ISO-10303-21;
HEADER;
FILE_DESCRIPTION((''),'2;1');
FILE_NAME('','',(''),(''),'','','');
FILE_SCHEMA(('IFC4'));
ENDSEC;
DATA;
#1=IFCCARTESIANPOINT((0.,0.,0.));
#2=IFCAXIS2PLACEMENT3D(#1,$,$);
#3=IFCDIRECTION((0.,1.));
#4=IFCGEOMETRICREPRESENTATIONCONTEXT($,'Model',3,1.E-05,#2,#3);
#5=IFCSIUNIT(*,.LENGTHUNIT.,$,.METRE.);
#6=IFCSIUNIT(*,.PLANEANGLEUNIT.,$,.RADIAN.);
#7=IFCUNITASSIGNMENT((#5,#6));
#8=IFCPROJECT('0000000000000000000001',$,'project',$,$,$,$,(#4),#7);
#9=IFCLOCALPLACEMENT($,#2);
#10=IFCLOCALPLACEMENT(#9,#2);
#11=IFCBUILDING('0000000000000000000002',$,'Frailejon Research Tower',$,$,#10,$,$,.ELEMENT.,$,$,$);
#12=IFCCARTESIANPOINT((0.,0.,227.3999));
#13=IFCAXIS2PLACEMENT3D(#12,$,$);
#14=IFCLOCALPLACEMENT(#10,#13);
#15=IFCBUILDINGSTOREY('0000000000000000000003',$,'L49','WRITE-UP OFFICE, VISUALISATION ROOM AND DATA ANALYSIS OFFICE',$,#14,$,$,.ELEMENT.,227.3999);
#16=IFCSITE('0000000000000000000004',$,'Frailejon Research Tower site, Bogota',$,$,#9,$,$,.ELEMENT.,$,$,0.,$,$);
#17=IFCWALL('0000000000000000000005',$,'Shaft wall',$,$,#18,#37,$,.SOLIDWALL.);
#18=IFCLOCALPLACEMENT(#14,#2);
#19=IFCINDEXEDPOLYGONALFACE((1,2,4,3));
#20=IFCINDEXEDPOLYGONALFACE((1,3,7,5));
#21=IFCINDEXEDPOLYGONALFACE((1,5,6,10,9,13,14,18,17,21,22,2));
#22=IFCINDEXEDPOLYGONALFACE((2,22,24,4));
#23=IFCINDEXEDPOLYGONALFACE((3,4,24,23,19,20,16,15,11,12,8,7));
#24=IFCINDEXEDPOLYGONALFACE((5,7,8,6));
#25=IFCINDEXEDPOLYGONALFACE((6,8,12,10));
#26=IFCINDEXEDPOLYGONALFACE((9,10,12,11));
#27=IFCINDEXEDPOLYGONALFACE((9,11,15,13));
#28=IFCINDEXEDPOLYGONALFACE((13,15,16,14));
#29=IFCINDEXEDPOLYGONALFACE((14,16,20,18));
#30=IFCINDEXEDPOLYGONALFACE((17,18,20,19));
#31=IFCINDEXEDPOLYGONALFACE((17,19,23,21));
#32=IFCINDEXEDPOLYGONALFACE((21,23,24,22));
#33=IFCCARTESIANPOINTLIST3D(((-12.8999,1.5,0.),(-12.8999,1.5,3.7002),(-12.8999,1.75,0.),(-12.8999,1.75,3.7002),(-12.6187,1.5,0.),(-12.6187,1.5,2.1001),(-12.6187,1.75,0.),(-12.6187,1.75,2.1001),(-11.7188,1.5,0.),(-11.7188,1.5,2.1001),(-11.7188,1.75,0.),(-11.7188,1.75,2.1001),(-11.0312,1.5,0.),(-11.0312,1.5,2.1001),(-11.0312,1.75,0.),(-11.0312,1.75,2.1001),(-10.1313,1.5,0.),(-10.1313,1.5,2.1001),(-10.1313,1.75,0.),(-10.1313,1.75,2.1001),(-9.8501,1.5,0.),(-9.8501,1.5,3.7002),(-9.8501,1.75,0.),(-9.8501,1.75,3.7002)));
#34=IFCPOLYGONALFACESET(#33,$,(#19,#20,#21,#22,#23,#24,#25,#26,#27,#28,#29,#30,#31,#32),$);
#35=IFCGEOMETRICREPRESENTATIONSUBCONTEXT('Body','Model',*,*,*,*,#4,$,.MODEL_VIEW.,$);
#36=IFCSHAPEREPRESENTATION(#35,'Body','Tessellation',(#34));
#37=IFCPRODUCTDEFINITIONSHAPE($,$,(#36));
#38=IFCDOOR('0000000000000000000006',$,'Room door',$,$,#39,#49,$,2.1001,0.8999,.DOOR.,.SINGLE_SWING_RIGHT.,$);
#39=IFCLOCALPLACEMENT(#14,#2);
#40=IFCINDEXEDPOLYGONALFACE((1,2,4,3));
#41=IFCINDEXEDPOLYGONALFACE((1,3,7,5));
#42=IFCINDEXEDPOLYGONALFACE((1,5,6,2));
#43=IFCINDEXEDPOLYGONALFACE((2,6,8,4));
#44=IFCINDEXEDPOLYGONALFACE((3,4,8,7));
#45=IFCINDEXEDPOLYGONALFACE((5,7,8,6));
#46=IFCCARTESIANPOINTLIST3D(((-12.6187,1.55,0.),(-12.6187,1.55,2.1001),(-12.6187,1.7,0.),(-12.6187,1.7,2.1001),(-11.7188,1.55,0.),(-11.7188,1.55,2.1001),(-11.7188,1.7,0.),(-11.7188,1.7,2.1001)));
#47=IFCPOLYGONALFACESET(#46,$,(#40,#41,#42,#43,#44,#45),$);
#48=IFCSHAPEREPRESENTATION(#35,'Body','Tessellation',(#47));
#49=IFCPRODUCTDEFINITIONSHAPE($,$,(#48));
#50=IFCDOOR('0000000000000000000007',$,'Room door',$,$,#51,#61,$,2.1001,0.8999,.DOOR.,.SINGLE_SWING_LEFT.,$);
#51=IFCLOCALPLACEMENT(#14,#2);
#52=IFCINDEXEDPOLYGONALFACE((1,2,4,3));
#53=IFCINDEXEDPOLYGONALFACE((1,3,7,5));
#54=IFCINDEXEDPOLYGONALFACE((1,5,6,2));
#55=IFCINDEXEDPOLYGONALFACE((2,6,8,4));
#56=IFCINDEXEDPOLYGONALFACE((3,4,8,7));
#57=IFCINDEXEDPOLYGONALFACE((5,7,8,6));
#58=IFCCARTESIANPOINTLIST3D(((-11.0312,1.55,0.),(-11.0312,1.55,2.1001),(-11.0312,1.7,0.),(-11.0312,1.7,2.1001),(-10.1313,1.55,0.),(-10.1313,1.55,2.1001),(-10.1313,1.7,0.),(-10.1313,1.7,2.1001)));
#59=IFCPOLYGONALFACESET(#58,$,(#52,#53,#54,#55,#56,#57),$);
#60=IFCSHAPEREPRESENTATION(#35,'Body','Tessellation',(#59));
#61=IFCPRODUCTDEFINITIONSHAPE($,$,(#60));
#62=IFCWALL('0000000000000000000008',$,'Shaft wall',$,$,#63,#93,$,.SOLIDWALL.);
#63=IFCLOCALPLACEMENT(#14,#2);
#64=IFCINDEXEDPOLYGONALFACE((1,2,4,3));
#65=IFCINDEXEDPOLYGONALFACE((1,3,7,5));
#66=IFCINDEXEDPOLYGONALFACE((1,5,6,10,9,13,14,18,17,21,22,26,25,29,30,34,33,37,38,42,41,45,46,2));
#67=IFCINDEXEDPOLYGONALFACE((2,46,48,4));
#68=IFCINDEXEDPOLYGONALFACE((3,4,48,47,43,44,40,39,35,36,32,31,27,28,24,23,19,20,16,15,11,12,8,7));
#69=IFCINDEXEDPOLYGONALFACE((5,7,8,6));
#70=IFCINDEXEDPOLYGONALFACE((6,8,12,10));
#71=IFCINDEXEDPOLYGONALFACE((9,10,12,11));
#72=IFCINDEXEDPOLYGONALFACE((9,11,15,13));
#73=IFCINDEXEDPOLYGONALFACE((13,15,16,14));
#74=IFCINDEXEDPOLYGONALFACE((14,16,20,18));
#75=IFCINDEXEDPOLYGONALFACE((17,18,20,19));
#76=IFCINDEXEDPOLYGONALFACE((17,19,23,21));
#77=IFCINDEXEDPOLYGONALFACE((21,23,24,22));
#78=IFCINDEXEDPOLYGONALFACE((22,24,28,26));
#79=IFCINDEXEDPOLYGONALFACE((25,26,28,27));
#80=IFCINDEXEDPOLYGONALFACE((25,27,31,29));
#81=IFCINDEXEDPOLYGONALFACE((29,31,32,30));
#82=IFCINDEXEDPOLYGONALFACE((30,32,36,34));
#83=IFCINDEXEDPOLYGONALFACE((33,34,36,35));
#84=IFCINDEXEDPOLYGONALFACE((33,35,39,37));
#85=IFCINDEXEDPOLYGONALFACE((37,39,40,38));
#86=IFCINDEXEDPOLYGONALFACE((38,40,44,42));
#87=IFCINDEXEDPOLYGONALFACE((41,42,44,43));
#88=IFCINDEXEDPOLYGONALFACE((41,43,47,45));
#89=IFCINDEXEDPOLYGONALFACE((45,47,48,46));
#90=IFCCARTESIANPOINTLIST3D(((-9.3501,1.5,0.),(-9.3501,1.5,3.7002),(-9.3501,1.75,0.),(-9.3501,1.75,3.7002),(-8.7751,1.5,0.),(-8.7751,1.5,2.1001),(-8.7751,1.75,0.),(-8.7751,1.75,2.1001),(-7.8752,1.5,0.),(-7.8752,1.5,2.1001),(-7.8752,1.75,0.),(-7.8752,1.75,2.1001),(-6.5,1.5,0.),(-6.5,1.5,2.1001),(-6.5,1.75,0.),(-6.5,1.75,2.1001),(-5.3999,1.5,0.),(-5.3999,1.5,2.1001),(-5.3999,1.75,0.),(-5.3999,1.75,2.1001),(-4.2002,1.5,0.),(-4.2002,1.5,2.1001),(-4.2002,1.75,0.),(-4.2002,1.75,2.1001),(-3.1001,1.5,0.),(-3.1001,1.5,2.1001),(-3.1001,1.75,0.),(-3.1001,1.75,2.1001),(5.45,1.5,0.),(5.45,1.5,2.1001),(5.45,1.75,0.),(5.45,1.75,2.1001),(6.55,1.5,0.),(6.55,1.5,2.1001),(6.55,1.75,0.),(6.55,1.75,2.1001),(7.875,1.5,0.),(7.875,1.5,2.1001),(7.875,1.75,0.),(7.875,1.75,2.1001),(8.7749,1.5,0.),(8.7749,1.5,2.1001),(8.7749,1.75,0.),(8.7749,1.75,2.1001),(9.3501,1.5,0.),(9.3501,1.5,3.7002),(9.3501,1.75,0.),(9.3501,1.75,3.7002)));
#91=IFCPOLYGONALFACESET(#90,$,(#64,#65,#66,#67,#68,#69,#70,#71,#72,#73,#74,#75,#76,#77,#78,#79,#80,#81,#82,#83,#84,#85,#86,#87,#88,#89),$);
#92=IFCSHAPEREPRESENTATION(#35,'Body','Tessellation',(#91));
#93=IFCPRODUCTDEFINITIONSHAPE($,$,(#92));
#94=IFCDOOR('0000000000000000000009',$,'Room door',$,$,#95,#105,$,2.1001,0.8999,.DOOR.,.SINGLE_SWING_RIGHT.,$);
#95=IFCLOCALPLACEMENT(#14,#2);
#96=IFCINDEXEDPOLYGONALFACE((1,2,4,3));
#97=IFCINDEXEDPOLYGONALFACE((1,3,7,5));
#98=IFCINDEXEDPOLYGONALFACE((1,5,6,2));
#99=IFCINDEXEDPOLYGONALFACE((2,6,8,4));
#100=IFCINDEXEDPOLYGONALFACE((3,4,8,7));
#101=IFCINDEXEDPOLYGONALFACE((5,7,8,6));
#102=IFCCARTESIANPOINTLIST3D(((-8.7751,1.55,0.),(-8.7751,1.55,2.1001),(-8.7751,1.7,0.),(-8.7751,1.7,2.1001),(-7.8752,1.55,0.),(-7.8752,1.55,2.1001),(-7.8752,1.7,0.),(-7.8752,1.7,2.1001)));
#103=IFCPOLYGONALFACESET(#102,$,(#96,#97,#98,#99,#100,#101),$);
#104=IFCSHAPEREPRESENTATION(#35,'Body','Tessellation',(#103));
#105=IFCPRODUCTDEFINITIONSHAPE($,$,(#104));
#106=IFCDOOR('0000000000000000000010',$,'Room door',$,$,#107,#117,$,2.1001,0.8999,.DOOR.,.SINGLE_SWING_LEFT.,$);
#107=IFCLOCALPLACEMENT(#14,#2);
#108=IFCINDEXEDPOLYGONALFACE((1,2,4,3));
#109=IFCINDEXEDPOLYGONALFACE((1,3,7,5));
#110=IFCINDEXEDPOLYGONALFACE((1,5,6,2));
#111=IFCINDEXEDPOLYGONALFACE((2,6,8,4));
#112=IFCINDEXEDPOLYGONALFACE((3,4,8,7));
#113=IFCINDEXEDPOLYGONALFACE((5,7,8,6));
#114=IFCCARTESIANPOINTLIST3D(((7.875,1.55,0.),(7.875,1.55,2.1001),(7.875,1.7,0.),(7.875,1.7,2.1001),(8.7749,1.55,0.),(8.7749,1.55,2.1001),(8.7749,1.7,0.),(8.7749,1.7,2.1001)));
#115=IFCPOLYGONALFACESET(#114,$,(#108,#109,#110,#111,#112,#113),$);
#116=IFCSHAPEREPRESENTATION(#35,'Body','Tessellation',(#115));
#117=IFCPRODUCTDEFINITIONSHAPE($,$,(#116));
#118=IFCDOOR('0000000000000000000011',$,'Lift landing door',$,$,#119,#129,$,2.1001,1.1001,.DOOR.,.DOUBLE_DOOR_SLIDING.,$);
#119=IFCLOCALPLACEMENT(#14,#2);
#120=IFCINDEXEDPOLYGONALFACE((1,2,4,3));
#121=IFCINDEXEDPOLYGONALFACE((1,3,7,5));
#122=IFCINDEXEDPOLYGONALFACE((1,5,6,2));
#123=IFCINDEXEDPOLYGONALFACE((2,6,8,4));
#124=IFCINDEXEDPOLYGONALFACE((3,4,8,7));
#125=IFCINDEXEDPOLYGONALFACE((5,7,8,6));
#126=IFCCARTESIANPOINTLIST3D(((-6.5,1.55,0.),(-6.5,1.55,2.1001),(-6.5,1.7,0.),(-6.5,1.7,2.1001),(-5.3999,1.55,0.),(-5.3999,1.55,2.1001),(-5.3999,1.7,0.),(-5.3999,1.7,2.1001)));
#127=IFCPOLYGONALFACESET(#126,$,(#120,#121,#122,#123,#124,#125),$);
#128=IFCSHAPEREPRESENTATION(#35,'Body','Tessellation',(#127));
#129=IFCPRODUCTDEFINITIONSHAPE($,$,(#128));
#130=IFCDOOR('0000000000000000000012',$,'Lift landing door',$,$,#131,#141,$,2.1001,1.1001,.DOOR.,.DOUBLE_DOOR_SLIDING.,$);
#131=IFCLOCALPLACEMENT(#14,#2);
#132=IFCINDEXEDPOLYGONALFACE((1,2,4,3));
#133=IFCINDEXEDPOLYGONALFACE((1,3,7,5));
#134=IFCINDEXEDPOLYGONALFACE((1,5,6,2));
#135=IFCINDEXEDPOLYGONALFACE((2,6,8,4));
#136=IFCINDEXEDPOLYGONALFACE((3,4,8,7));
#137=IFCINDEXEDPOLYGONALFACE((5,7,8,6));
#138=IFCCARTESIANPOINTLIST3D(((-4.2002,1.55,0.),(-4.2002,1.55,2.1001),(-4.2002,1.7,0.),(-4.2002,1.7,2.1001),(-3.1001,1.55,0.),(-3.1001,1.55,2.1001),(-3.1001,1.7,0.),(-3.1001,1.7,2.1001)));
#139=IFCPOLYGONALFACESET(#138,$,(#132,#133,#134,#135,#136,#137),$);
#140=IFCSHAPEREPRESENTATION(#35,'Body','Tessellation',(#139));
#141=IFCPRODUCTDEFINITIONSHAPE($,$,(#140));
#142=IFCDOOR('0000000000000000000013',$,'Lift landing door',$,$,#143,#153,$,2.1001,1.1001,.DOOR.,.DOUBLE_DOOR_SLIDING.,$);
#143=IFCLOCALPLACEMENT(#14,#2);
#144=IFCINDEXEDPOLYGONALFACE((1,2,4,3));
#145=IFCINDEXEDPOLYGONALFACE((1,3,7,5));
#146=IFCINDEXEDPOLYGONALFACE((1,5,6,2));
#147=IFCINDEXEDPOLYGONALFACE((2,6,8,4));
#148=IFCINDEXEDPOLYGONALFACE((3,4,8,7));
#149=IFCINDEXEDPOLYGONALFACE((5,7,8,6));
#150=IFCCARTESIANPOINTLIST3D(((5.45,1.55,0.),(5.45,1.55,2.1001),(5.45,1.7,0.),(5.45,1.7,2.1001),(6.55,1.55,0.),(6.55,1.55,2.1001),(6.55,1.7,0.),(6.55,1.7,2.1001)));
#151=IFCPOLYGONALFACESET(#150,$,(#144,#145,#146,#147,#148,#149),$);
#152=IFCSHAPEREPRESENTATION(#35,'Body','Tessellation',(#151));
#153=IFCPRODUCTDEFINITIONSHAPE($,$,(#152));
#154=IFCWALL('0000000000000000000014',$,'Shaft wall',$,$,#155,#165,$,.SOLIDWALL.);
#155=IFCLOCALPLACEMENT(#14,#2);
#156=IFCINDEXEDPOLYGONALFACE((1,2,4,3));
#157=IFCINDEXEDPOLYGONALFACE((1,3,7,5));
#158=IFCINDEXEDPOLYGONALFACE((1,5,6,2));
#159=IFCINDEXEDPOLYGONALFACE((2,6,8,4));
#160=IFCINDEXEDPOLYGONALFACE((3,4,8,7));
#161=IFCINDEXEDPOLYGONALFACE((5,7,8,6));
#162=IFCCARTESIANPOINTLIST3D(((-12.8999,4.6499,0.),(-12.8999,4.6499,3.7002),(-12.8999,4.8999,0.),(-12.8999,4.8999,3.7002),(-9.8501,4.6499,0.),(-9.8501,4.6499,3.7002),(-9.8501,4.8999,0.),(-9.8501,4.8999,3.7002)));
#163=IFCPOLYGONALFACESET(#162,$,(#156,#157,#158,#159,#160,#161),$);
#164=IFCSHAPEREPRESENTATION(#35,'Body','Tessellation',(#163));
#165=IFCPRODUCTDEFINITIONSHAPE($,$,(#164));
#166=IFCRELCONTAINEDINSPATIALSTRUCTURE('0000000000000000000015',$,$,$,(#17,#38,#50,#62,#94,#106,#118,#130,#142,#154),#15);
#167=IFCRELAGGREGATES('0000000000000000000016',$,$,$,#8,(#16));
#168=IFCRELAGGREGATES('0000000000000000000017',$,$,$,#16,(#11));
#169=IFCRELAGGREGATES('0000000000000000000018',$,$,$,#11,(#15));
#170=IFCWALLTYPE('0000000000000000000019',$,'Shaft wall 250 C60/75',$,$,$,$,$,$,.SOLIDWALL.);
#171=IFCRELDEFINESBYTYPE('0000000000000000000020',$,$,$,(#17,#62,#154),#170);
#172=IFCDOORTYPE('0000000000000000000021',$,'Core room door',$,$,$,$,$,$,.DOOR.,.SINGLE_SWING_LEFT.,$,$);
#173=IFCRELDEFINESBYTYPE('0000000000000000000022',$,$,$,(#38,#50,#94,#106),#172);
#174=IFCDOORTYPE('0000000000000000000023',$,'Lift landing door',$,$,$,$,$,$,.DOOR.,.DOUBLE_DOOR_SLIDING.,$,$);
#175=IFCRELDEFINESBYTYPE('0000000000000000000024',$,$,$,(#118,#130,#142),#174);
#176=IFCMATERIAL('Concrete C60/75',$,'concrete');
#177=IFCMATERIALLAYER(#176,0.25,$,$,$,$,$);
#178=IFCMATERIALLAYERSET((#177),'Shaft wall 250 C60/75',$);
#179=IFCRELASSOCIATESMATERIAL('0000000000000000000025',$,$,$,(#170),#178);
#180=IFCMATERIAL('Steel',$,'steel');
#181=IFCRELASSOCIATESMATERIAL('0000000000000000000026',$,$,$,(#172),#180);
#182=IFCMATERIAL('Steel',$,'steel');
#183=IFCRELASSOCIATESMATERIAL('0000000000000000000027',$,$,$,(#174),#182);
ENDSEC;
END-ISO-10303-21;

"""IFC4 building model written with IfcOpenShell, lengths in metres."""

from ifc_helpers import new_model, si_unit, direction, frame, frame_2d, origin, place, context, subcontext, project, spatial, rectangle, extrude, material, layer, layer_set, type_object, element, fill, save


model = new_model("IFC4")

# Units and contexts
model_context = context("Model", 3, precision=1e-05, world=origin(), true_north=direction((0.0, 1.0)))
body_context = subcontext(model_context, "Body", "Model", "MODEL_VIEW")
ifc_project = project(units=[si_unit("LENGTHUNIT", "METRE"), si_unit("PLANEANGLEUNIT", "RADIAN")], contexts=[model_context])

# Site, building, storey
site_placement = place(None, origin())
site = spatial("IfcSite", under=ifc_project, at=site_placement, Name="Frailejon Research Tower site, Bogota", CompositionType="ELEMENT", RefElevation=0.0)
building_placement = place(site_placement, origin())
building = spatial("IfcBuilding", under=site, at=building_placement, Name="Frailejon Research Tower", CompositionType="ELEMENT")
storey_placement = place(building_placement, frame((0.0, 0.0, 227.3999)))
storey = spatial("IfcBuildingStorey", under=building, at=storey_placement, Name="L49", Description="WRITE-UP OFFICE, VISUALISATION ROOM AND DATA ANALYSIS OFFICE", CompositionType="ELEMENT", Elevation=227.3999)

# Walls, openings, doors
ifc_material_1 = material(Name="Concrete C60/75", Category="concrete")
ifc_layer_1 = layer(ifc_material_1, 0.25)
ifc_layer_set_1 = layer_set([ifc_layer_1], Name="Shaft wall 250 C60/75")
wall_type_1 = type_object("IfcWallType", Name="Shaft wall 250 C60/75", PredefinedType="SOLIDWALL", material=ifc_layer_set_1)
wall_1_placement = place(storey_placement, frame((-12.8999, 1.625, 0.0), z_axis=(0.0, 0.0, 1.0), x_axis=(1.0, 0.0, 0.0)))
wall_1 = element("IfcWall", 1, at=wall_1_placement, inside=storey, type_object=wall_type_1, Name="Shaft wall", PredefinedType="SOLIDWALL", context=body_context, shape_type="SweptSolid", body=[
    extrude(rectangle(XDim=3.0498, YDim=0.25, at=frame_2d((1.5249, 0.0))), origin(), (0.0, 0.0, 1.0), 3.7002),
])
opening_1_placement = place(wall_1_placement, frame((0.2812, 0.0, 0.0)))
opening_1 = element("IfcOpeningElement", 2, at=opening_1_placement, cuts=wall_1, PredefinedType="OPENING", context=body_context, shape_type="SweptSolid", body=[
    extrude(rectangle(XDim=0.8999, YDim=2.1001, at=frame_2d((0.45, 1.05))), frame((0.0, 0.135, 0.0), z_axis=(0.0, -1.0, 0.0), x_axis=(1.0, 0.0, 0.0)), (0.0, 0.0, 1.0), 0.27),
])
opening_2_placement = place(wall_1_placement, frame((1.8687, 0.0, 0.0)))
opening_2 = element("IfcOpeningElement", 3, at=opening_2_placement, cuts=wall_1, PredefinedType="OPENING", context=body_context, shape_type="SweptSolid", body=[
    extrude(rectangle(XDim=0.8999, YDim=2.1001, at=frame_2d((0.45, 1.05))), frame((0.0, 0.135, 0.0), z_axis=(0.0, -1.0, 0.0), x_axis=(1.0, 0.0, 0.0)), (0.0, 0.0, 1.0), 0.27),
])
ifc_material_2 = material(Name="Steel", Category="steel")
door_type_1 = type_object("IfcDoorType", Name="Core room door", OperationType="SINGLE_SWING_LEFT", PredefinedType="DOOR", material=ifc_material_2)
door_1_placement = place(opening_1_placement, origin())
door_1 = element("IfcDoor", 4, at=door_1_placement, inside=storey, type_object=door_type_1, Name="Room door", OperationType="SINGLE_SWING_RIGHT", OverallHeight=2.1001, OverallWidth=0.8999, PredefinedType="DOOR", context=body_context, shape_type="SweptSolid", body=[
    extrude(rectangle(XDim=0.8999, YDim=2.1001, at=frame_2d((0.45, 1.05))), frame((0.0, 0.075, 0.0), z_axis=(0.0, -1.0, 0.0), x_axis=(1.0, 0.0, 0.0)), (0.0, 0.0, 1.0), 0.1499),
])
fill(opening_1, door_1)
door_2_placement = place(opening_2_placement, origin())
door_2 = element("IfcDoor", 5, at=door_2_placement, inside=storey, type_object=door_type_1, Name="Room door", OperationType="SINGLE_SWING_LEFT", OverallHeight=2.1001, OverallWidth=0.8999, PredefinedType="DOOR", context=body_context, shape_type="SweptSolid", body=[
    extrude(rectangle(XDim=0.8999, YDim=2.1001, at=frame_2d((0.45, 1.05))), frame((0.0, 0.075, 0.0), z_axis=(0.0, -1.0, 0.0), x_axis=(1.0, 0.0, 0.0)), (0.0, 0.0, 1.0), 0.1499),
])
fill(opening_2, door_2)
wall_2_placement = place(storey_placement, frame((-9.3501, 1.625, 0.0), z_axis=(0.0, 0.0, 1.0), x_axis=(1.0, 0.0, 0.0)))
wall_2 = element("IfcWall", 6, at=wall_2_placement, inside=storey, type_object=wall_type_1, Name="Shaft wall", PredefinedType="SOLIDWALL", context=body_context, shape_type="SweptSolid", body=[
    extrude(rectangle(XDim=18.7002, YDim=0.25, at=frame_2d((9.3501, 0.0))), origin(), (0.0, 0.0, 1.0), 3.7002),
])
opening_3_placement = place(wall_2_placement, frame((2.8501, 0.0, 0.0)))
opening_3 = element("IfcOpeningElement", 7, at=opening_3_placement, cuts=wall_2, PredefinedType="OPENING", context=body_context, shape_type="SweptSolid", body=[
    extrude(rectangle(XDim=1.1001, YDim=2.1001, at=frame_2d((0.55, 1.05))), frame((0.0, 0.135, 0.0), z_axis=(0.0, -1.0, 0.0), x_axis=(1.0, 0.0, 0.0)), (0.0, 0.0, 1.0), 0.27),
])
opening_4_placement = place(wall_2_placement, frame((5.1499, 0.0, 0.0)))
opening_4 = element("IfcOpeningElement", 8, at=opening_4_placement, cuts=wall_2, PredefinedType="OPENING", context=body_context, shape_type="SweptSolid", body=[
    extrude(rectangle(XDim=1.1001, YDim=2.1001, at=frame_2d((0.55, 1.05))), frame((0.0, 0.135, 0.0), z_axis=(0.0, -1.0, 0.0), x_axis=(1.0, 0.0, 0.0)), (0.0, 0.0, 1.0), 0.27),
])
opening_5_placement = place(wall_2_placement, frame((14.8, 0.0, 0.0)))
opening_5 = element("IfcOpeningElement", 9, at=opening_5_placement, cuts=wall_2, PredefinedType="OPENING", context=body_context, shape_type="SweptSolid", body=[
    extrude(rectangle(XDim=1.1001, YDim=2.1001, at=frame_2d((0.55, 1.05))), frame((0.0, 0.135, 0.0), z_axis=(0.0, -1.0, 0.0), x_axis=(1.0, 0.0, 0.0)), (0.0, 0.0, 1.0), 0.27),
])
opening_6_placement = place(wall_2_placement, frame((0.575, 0.0, 0.0)))
opening_6 = element("IfcOpeningElement", 10, at=opening_6_placement, cuts=wall_2, PredefinedType="OPENING", context=body_context, shape_type="SweptSolid", body=[
    extrude(rectangle(XDim=0.8999, YDim=2.1001, at=frame_2d((0.45, 1.05))), frame((0.0, 0.135, 0.0), z_axis=(0.0, -1.0, 0.0), x_axis=(1.0, 0.0, 0.0)), (0.0, 0.0, 1.0), 0.27),
])
opening_7_placement = place(wall_2_placement, frame((17.2251, 0.0, 0.0)))
opening_7 = element("IfcOpeningElement", 11, at=opening_7_placement, cuts=wall_2, PredefinedType="OPENING", context=body_context, shape_type="SweptSolid", body=[
    extrude(rectangle(XDim=0.8999, YDim=2.1001, at=frame_2d((0.45, 1.05))), frame((0.0, 0.135, 0.0), z_axis=(0.0, -1.0, 0.0), x_axis=(1.0, 0.0, 0.0)), (0.0, 0.0, 1.0), 0.27),
])
door_3_placement = place(opening_6_placement, origin())
door_3 = element("IfcDoor", 12, at=door_3_placement, inside=storey, type_object=door_type_1, Name="Room door", OperationType="SINGLE_SWING_RIGHT", OverallHeight=2.1001, OverallWidth=0.8999, PredefinedType="DOOR", context=body_context, shape_type="SweptSolid", body=[
    extrude(rectangle(XDim=0.8999, YDim=2.1001, at=frame_2d((0.45, 1.05))), frame((0.0, 0.075, 0.0), z_axis=(0.0, -1.0, 0.0), x_axis=(1.0, 0.0, 0.0)), (0.0, 0.0, 1.0), 0.1499),
])
fill(opening_6, door_3)
door_4_placement = place(opening_7_placement, origin())
door_4 = element("IfcDoor", 13, at=door_4_placement, inside=storey, type_object=door_type_1, Name="Room door", OperationType="SINGLE_SWING_LEFT", OverallHeight=2.1001, OverallWidth=0.8999, PredefinedType="DOOR", context=body_context, shape_type="SweptSolid", body=[
    extrude(rectangle(XDim=0.8999, YDim=2.1001, at=frame_2d((0.45, 1.05))), frame((0.0, 0.075, 0.0), z_axis=(0.0, -1.0, 0.0), x_axis=(1.0, 0.0, 0.0)), (0.0, 0.0, 1.0), 0.1499),
])
fill(opening_7, door_4)
ifc_material_3 = material(Name="Steel", Category="steel")
door_type_2 = type_object("IfcDoorType", Name="Lift landing door", OperationType="DOUBLE_DOOR_SLIDING", PredefinedType="DOOR", material=ifc_material_3)
door_5_placement = place(opening_3_placement, origin())
door_5 = element("IfcDoor", 14, at=door_5_placement, inside=storey, type_object=door_type_2, Name="Lift landing door", OperationType="DOUBLE_DOOR_SLIDING", OverallHeight=2.1001, OverallWidth=1.1001, PredefinedType="DOOR", context=body_context, shape_type="SweptSolid", body=[
    extrude(rectangle(XDim=1.1001, YDim=2.1001, at=frame_2d((0.55, 1.05))), frame((0.0, 0.075, 0.0), z_axis=(0.0, -1.0, 0.0), x_axis=(1.0, 0.0, 0.0)), (0.0, 0.0, 1.0), 0.1499),
])
fill(opening_3, door_5)
door_6_placement = place(opening_4_placement, origin())
door_6 = element("IfcDoor", 15, at=door_6_placement, inside=storey, type_object=door_type_2, Name="Lift landing door", OperationType="DOUBLE_DOOR_SLIDING", OverallHeight=2.1001, OverallWidth=1.1001, PredefinedType="DOOR", context=body_context, shape_type="SweptSolid", body=[
    extrude(rectangle(XDim=1.1001, YDim=2.1001, at=frame_2d((0.55, 1.05))), frame((0.0, 0.075, 0.0), z_axis=(0.0, -1.0, 0.0), x_axis=(1.0, 0.0, 0.0)), (0.0, 0.0, 1.0), 0.1499),
])
fill(opening_4, door_6)
door_7_placement = place(opening_5_placement, origin())
door_7 = element("IfcDoor", 16, at=door_7_placement, inside=storey, type_object=door_type_2, Name="Lift landing door", OperationType="DOUBLE_DOOR_SLIDING", OverallHeight=2.1001, OverallWidth=1.1001, PredefinedType="DOOR", context=body_context, shape_type="SweptSolid", body=[
    extrude(rectangle(XDim=1.1001, YDim=2.1001, at=frame_2d((0.55, 1.05))), frame((0.0, 0.075, 0.0), z_axis=(0.0, -1.0, 0.0), x_axis=(1.0, 0.0, 0.0)), (0.0, 0.0, 1.0), 0.1499),
])
fill(opening_5, door_7)

# Wall
wall_3_placement = place(storey_placement, frame((-12.8999, 4.7749, 0.0), z_axis=(0.0, 0.0, 1.0), x_axis=(1.0, 0.0, 0.0)))
element("IfcWall", 17, at=wall_3_placement, inside=storey, type_object=wall_type_1, Name="Shaft wall", PredefinedType="SOLIDWALL", context=body_context, shape_type="SweptSolid", body=[
    extrude(rectangle(XDim=3.0498, YDim=0.25, at=frame_2d((1.5249, 0.0))), origin(), (0.0, 0.0, 1.0), 3.7002),
])

save(model, "model.ifc")
